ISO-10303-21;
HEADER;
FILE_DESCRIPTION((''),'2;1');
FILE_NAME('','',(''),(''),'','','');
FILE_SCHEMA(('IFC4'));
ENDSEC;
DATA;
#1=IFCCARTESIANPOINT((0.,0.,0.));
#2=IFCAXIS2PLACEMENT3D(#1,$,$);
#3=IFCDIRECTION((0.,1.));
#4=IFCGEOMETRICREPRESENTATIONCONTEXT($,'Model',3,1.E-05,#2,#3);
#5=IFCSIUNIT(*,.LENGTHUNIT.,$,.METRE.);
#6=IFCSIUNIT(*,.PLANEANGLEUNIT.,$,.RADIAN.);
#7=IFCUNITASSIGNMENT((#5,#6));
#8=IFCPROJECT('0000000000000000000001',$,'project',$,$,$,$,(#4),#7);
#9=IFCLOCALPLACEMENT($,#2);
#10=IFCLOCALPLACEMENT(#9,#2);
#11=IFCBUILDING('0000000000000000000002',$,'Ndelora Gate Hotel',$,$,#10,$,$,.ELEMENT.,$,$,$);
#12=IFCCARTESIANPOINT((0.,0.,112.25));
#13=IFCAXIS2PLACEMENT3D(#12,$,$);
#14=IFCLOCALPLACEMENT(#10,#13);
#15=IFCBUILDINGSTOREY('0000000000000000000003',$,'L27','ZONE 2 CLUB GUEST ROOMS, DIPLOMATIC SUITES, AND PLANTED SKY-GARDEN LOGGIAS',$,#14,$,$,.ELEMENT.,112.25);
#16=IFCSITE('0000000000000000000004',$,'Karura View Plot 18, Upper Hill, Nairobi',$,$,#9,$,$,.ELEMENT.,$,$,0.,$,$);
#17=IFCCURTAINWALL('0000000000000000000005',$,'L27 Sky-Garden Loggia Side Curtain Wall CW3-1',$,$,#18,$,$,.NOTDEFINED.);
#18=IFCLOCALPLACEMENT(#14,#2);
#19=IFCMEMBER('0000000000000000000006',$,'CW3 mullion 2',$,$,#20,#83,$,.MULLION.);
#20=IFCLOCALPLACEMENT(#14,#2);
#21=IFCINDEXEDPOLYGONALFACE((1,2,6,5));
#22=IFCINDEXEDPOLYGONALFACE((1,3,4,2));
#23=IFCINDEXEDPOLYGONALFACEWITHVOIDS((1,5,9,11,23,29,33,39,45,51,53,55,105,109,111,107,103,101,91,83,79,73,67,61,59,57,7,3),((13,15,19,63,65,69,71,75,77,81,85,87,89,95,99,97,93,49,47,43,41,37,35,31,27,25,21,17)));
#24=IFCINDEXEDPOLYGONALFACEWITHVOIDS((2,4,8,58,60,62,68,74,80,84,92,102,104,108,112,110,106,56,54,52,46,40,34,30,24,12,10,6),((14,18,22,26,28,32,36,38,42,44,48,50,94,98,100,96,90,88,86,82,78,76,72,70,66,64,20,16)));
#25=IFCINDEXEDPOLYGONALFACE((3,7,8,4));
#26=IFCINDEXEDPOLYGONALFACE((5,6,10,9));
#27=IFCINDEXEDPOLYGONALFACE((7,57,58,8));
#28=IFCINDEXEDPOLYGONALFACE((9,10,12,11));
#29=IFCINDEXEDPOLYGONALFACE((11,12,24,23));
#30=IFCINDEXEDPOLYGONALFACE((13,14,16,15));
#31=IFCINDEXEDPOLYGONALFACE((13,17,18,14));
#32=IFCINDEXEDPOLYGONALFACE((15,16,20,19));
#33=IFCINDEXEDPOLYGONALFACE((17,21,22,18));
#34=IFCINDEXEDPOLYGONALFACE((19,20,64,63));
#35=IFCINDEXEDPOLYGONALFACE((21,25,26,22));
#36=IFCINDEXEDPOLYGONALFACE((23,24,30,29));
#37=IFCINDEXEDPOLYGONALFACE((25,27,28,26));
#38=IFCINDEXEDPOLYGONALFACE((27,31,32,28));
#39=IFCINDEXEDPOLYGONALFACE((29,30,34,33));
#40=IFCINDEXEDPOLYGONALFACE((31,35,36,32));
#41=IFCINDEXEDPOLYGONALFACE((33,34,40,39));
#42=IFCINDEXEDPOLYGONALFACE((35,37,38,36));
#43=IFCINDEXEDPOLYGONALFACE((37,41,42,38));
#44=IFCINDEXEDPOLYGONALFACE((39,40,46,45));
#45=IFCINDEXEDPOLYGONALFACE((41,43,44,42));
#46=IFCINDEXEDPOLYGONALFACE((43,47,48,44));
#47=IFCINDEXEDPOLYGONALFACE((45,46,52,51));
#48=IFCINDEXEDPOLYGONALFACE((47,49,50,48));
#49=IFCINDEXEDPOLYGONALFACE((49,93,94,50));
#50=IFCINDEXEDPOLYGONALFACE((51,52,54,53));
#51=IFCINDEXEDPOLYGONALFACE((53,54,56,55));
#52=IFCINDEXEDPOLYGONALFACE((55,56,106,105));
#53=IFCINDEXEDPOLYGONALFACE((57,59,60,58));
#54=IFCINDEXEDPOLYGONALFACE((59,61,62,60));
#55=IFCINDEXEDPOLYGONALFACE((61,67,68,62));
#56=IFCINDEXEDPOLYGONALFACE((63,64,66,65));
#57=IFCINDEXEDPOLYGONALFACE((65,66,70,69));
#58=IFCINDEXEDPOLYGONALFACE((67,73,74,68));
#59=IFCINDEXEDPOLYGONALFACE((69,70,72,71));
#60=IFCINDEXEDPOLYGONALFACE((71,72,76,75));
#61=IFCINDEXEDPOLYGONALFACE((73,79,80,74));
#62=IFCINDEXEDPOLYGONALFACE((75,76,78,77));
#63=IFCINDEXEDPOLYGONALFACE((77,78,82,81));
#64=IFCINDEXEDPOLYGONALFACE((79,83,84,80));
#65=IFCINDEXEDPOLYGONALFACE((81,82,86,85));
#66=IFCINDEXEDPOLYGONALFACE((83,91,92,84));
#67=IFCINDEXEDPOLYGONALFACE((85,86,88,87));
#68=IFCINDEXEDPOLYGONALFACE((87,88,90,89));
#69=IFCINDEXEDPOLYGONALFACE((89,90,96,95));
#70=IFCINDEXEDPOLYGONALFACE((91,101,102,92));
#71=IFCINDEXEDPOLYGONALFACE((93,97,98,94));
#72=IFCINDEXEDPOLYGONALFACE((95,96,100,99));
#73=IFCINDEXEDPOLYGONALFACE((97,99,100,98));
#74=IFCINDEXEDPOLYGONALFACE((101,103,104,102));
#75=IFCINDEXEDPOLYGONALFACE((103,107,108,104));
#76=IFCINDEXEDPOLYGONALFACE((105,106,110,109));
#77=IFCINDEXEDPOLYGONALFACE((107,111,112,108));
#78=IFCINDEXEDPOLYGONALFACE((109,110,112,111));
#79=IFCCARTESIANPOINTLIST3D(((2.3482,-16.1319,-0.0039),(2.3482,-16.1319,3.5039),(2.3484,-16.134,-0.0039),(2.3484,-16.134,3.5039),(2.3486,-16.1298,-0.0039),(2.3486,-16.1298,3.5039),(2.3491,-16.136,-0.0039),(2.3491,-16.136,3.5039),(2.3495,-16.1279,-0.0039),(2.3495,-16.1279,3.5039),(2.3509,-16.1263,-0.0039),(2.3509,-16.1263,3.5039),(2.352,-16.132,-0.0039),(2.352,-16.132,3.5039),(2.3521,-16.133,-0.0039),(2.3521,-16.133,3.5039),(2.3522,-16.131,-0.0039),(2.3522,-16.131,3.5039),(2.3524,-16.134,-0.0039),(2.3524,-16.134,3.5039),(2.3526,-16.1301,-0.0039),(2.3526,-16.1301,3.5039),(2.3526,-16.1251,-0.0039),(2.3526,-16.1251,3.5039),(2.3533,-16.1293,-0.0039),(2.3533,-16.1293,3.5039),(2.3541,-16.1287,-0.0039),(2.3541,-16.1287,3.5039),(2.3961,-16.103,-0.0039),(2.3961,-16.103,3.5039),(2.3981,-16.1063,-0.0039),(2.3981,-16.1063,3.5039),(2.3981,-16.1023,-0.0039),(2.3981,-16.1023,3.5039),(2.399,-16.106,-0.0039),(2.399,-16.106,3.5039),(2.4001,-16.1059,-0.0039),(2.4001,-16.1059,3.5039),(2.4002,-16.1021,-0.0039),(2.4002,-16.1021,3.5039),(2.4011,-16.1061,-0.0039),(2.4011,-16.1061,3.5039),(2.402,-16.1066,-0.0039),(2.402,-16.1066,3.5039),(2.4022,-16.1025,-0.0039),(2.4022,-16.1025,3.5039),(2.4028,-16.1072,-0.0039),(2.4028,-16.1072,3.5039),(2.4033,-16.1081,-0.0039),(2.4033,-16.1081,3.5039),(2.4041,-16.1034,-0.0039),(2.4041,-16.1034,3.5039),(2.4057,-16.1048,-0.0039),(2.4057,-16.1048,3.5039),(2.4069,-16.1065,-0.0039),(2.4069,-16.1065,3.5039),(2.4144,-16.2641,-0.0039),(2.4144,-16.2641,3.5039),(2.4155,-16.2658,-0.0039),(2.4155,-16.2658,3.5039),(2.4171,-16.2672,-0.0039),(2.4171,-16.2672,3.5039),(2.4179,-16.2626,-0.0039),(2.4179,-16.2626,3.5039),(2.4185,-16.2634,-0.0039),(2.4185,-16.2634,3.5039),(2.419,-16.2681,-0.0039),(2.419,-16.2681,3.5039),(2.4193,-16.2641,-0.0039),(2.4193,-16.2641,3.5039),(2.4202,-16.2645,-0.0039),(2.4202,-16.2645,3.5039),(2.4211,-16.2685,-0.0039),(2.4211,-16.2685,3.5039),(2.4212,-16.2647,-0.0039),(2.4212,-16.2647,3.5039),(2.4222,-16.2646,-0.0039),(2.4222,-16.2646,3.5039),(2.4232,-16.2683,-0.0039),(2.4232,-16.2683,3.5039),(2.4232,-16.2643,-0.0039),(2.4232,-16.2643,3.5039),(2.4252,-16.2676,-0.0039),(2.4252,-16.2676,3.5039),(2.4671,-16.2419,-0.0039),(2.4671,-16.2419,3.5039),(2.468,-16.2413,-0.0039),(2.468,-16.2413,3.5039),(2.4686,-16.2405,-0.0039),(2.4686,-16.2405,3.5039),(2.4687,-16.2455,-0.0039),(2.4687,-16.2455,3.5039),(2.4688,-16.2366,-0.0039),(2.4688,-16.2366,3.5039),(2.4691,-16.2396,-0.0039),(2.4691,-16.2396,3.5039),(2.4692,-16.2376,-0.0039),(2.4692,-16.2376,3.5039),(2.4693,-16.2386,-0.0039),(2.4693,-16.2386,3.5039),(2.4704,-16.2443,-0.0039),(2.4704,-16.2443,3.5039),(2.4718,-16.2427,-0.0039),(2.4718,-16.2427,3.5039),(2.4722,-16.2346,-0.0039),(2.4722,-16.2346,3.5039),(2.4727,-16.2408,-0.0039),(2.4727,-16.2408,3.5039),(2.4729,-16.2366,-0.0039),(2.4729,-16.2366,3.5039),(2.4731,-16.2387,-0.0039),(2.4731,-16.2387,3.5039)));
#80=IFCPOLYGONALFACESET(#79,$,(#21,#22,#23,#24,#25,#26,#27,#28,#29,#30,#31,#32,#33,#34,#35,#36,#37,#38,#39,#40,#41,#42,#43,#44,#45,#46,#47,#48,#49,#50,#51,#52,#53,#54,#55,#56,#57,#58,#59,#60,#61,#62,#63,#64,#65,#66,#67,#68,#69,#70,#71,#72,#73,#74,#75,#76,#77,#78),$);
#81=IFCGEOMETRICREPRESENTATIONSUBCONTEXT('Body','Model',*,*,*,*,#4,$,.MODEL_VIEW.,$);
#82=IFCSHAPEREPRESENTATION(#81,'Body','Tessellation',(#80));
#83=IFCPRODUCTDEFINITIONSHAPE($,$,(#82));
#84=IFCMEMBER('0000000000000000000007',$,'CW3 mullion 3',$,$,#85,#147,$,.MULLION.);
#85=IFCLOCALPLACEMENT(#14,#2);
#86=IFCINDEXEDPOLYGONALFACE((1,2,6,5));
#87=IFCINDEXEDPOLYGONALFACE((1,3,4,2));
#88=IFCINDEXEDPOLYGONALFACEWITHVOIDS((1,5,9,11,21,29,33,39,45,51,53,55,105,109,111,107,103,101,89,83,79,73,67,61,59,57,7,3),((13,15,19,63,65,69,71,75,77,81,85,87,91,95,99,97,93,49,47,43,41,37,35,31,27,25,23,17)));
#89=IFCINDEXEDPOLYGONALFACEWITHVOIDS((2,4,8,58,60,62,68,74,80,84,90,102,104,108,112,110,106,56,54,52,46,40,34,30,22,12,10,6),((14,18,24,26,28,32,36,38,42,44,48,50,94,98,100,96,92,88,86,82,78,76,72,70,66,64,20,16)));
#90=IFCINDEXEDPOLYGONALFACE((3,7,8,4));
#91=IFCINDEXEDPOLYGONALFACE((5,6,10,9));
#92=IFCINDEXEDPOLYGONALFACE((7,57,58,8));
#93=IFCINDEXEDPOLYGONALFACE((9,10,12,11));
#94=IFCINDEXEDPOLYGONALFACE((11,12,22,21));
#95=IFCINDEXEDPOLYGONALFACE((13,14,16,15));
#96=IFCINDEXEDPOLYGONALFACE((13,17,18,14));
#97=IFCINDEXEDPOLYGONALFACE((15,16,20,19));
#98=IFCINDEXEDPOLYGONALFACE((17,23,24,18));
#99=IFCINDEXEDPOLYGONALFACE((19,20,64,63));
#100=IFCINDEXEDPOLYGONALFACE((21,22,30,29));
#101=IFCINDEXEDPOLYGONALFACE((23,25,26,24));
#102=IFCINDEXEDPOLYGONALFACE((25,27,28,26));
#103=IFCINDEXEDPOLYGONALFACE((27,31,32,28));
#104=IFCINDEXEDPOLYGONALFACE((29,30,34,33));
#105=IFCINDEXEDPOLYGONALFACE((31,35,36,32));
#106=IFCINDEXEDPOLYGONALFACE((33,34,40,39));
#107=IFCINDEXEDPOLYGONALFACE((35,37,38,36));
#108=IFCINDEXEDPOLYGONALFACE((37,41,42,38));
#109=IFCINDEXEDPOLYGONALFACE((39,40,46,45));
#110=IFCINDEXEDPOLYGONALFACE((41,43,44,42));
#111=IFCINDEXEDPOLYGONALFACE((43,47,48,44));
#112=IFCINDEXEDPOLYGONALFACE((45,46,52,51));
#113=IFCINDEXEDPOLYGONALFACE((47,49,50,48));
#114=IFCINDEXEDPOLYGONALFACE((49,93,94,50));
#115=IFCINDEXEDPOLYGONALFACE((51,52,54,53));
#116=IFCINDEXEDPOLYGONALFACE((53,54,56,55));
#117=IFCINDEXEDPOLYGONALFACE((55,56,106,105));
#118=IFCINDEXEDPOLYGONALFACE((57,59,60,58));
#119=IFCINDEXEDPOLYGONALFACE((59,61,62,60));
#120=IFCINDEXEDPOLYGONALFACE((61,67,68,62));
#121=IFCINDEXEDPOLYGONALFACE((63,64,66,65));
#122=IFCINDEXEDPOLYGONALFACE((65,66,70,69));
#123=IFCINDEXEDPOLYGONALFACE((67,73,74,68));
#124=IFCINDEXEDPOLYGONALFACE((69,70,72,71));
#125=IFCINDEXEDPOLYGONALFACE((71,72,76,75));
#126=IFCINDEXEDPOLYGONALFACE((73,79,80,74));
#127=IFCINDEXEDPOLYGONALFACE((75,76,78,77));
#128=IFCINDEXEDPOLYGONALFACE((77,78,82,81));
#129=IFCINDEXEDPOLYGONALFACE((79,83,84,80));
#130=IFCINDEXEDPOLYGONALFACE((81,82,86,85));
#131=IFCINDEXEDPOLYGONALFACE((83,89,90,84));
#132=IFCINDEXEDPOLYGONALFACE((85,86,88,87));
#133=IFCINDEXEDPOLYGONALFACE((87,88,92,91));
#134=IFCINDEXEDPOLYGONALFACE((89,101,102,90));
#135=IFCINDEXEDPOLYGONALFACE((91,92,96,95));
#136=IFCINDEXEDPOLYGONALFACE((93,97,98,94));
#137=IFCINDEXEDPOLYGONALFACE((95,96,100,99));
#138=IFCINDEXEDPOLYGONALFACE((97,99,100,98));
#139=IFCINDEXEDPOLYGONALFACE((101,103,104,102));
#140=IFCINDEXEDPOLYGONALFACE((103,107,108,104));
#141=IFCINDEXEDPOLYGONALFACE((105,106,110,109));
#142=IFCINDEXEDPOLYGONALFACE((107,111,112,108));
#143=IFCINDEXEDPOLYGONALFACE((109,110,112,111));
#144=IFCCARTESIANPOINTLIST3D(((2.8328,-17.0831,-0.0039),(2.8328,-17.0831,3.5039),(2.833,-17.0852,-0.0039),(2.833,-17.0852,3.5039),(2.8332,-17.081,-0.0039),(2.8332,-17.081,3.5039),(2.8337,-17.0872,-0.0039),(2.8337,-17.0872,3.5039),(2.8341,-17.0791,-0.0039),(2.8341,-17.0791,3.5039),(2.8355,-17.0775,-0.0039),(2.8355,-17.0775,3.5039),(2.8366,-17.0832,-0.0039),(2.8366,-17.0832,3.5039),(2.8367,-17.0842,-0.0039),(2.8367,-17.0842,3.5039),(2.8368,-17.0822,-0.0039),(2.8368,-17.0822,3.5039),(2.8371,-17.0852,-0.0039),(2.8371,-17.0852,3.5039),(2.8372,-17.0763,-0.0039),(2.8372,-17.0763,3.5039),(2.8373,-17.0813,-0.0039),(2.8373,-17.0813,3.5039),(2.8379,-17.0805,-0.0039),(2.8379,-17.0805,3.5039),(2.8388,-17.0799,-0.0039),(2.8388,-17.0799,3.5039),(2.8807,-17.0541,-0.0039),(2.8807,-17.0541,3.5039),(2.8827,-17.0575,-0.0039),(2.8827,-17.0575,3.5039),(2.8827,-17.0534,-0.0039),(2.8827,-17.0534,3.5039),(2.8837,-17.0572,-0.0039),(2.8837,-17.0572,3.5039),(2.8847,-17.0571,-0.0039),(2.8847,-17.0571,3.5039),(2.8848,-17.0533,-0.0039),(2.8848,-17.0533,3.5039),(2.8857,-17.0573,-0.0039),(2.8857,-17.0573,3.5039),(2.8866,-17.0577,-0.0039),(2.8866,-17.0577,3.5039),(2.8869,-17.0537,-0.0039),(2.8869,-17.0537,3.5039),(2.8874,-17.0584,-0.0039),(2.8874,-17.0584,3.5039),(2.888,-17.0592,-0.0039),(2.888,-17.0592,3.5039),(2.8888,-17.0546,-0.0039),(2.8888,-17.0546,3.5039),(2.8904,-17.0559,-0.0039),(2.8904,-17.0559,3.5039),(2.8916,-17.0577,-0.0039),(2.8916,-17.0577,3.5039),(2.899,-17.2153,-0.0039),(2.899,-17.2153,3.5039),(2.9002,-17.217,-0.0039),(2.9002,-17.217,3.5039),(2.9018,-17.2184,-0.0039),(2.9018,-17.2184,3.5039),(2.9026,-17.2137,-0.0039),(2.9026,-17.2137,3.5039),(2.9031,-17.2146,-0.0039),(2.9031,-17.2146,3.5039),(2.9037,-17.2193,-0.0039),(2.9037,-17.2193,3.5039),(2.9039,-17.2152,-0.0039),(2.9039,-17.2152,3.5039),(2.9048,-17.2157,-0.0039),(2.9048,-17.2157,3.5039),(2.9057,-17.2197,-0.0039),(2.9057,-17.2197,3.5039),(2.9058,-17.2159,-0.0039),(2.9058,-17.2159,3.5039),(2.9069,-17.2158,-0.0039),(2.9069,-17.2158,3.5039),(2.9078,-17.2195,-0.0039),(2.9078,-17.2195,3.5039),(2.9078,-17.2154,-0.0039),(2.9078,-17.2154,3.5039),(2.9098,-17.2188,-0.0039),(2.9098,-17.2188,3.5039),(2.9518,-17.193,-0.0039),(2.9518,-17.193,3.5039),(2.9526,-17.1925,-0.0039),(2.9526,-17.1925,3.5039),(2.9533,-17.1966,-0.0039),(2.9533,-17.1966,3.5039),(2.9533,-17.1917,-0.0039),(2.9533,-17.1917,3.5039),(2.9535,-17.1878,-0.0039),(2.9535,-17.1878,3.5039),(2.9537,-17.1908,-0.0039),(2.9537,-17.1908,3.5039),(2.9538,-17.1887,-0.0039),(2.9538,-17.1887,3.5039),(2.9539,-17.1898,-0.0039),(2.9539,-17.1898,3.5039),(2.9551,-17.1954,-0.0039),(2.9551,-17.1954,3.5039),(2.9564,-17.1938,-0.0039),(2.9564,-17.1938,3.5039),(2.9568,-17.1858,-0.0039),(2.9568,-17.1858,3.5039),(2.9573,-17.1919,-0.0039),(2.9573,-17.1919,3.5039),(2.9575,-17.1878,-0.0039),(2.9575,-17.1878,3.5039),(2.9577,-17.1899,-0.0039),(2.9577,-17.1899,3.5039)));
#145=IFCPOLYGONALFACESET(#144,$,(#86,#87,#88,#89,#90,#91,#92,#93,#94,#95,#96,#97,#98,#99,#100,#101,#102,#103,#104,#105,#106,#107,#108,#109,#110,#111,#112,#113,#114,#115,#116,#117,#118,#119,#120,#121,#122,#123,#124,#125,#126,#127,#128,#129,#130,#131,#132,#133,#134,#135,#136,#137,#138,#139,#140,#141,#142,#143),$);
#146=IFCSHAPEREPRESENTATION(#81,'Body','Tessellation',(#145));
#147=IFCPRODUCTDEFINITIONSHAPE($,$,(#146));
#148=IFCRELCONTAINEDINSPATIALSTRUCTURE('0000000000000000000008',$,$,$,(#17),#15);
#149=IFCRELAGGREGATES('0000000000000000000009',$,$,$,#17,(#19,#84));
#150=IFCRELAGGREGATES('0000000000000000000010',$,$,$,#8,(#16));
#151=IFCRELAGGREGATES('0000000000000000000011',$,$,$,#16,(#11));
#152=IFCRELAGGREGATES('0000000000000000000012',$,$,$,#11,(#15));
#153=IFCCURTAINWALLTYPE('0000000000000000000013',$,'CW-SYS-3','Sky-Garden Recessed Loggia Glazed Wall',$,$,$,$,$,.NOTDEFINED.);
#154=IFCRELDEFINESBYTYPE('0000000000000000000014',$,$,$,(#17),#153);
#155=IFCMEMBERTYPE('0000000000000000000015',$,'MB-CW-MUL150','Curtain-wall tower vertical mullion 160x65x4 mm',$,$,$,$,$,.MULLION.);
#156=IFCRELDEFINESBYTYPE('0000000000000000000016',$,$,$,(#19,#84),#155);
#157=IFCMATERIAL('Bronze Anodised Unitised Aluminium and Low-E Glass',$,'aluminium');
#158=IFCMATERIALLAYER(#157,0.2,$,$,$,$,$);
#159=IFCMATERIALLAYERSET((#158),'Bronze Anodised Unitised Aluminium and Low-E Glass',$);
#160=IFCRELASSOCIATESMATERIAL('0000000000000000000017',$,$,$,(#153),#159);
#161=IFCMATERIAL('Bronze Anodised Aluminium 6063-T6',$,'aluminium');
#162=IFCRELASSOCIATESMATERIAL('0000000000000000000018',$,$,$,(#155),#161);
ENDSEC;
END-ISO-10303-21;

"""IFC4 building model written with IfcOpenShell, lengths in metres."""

from ifc_helpers import new_model, si_unit, direction, frame, origin, origin_2d, place, context, subcontext, project, spatial, hollow_rectangle, extrude, material, layer, layer_set, material_profile, profile_set, type_object, element, aggregate, save


model = new_model("IFC4")

# Units and contexts
model_context = context("Model", 3, precision=1e-05, world=origin(), true_north=direction((0.0, 1.0)))
body_context = subcontext(model_context, "Body", "Model", "MODEL_VIEW")
ifc_project = project(units=[si_unit("LENGTHUNIT", "METRE"), si_unit("PLANEANGLEUNIT", "RADIAN")], contexts=[model_context])

# Site, building, storey
site_placement = place(None, origin())
site = spatial("IfcSite", under=ifc_project, at=site_placement, Name="Karura View Plot 18, Upper Hill, Nairobi", CompositionType="ELEMENT", RefElevation=0.0)
building_placement = place(site_placement, origin())
building = spatial("IfcBuilding", under=site, at=building_placement, Name="Ndelora Gate Hotel", CompositionType="ELEMENT")
storey_placement = place(building_placement, frame((0.0, 0.0, 112.25)))
storey = spatial("IfcBuildingStorey", under=building, at=storey_placement, Name="L27", Description="ZONE 2 CLUB GUEST ROOMS, DIPLOMATIC SUITES, AND PLANTED SKY-GARDEN LOGGIAS", CompositionType="ELEMENT", Elevation=112.25)

# Curtain wall, members
ifc_material_1 = material(Name="Bronze Anodised Unitised Aluminium and Low-E Glass", Category="aluminium")
ifc_layer_1 = layer(ifc_material_1, 0.2)
ifc_layer_set_1 = layer_set([ifc_layer_1], Name="Bronze Anodised Unitised Aluminium and Low-E Glass")
curtain_wall_type = type_object("IfcCurtainWallType", Name="CW-SYS-3", Description="Sky-Garden Recessed Loggia Glazed Wall", PredefinedType="NOTDEFINED", material=ifc_layer_set_1)
curtain_wall_placement = place(storey_placement, origin())
curtain_wall = element("IfcCurtainWall", 1, at=curtain_wall_placement, inside=storey, type_object=curtain_wall_type, Name="L27 Sky-Garden Loggia Side Curtain Wall CW3-1", PredefinedType="NOTDEFINED")
ifc_material_2 = material(Name="Bronze Anodised Aluminium 6063-T6", Category="aluminium")
ifc_material_profile_1 = material_profile(ifc_material_2, hollow_rectangle(XDim=0.0649, YDim=0.1599, WallThickness=0.0039, InnerFilletRadius=0.0039, OuterFilletRadius=0.0081, at=origin_2d()), Name="ALU 160x65x4")
ifc_profile_set_1 = profile_set([ifc_material_profile_1], Name="Bronze Anodised Aluminium 6063-T6")
member_type_1 = type_object("IfcMemberType", Name="MB-CW-MUL150", Description="Curtain-wall tower vertical mullion 160x65x4 mm", PredefinedType="MULLION", material=ifc_profile_set_1)
member_1_placement = place(storey_placement, frame((2.4106, -16.1853, -0.0039), z_axis=(0.0, 0.0, 1.0), x_axis=(0.891001, 0.454001, 0.0)))
member_1 = element("IfcMember", 2, at=member_1_placement, type_object=member_type_1, Name="CW3 mullion 2", PredefinedType="MULLION", context=body_context, shape_type="SweptSolid", body=[
    extrude(hollow_rectangle(XDim=0.0649, YDim=0.1599, WallThickness=0.0039, InnerFilletRadius=0.0039, OuterFilletRadius=0.0081, at=origin_2d()), origin(), (0.0, 0.0, 1.0), 3.5078),
])
member_2_placement = place(storey_placement, frame((2.8953, -17.1365, -0.0039), z_axis=(0.0, 0.0, 1.0), x_axis=(0.891001, 0.454001, 0.0)))
member_2 = element("IfcMember", 3, at=member_2_placement, type_object=member_type_1, Name="CW3 mullion 3", PredefinedType="MULLION", context=body_context, shape_type="SweptSolid", body=[
    extrude(hollow_rectangle(XDim=0.0649, YDim=0.1599, WallThickness=0.0039, InnerFilletRadius=0.0039, OuterFilletRadius=0.0081, at=origin_2d()), origin(), (0.0, 0.0, 1.0), 3.5078),
])
aggregate(curtain_wall, [member_1, member_2])

save(model, "model.ifc")
